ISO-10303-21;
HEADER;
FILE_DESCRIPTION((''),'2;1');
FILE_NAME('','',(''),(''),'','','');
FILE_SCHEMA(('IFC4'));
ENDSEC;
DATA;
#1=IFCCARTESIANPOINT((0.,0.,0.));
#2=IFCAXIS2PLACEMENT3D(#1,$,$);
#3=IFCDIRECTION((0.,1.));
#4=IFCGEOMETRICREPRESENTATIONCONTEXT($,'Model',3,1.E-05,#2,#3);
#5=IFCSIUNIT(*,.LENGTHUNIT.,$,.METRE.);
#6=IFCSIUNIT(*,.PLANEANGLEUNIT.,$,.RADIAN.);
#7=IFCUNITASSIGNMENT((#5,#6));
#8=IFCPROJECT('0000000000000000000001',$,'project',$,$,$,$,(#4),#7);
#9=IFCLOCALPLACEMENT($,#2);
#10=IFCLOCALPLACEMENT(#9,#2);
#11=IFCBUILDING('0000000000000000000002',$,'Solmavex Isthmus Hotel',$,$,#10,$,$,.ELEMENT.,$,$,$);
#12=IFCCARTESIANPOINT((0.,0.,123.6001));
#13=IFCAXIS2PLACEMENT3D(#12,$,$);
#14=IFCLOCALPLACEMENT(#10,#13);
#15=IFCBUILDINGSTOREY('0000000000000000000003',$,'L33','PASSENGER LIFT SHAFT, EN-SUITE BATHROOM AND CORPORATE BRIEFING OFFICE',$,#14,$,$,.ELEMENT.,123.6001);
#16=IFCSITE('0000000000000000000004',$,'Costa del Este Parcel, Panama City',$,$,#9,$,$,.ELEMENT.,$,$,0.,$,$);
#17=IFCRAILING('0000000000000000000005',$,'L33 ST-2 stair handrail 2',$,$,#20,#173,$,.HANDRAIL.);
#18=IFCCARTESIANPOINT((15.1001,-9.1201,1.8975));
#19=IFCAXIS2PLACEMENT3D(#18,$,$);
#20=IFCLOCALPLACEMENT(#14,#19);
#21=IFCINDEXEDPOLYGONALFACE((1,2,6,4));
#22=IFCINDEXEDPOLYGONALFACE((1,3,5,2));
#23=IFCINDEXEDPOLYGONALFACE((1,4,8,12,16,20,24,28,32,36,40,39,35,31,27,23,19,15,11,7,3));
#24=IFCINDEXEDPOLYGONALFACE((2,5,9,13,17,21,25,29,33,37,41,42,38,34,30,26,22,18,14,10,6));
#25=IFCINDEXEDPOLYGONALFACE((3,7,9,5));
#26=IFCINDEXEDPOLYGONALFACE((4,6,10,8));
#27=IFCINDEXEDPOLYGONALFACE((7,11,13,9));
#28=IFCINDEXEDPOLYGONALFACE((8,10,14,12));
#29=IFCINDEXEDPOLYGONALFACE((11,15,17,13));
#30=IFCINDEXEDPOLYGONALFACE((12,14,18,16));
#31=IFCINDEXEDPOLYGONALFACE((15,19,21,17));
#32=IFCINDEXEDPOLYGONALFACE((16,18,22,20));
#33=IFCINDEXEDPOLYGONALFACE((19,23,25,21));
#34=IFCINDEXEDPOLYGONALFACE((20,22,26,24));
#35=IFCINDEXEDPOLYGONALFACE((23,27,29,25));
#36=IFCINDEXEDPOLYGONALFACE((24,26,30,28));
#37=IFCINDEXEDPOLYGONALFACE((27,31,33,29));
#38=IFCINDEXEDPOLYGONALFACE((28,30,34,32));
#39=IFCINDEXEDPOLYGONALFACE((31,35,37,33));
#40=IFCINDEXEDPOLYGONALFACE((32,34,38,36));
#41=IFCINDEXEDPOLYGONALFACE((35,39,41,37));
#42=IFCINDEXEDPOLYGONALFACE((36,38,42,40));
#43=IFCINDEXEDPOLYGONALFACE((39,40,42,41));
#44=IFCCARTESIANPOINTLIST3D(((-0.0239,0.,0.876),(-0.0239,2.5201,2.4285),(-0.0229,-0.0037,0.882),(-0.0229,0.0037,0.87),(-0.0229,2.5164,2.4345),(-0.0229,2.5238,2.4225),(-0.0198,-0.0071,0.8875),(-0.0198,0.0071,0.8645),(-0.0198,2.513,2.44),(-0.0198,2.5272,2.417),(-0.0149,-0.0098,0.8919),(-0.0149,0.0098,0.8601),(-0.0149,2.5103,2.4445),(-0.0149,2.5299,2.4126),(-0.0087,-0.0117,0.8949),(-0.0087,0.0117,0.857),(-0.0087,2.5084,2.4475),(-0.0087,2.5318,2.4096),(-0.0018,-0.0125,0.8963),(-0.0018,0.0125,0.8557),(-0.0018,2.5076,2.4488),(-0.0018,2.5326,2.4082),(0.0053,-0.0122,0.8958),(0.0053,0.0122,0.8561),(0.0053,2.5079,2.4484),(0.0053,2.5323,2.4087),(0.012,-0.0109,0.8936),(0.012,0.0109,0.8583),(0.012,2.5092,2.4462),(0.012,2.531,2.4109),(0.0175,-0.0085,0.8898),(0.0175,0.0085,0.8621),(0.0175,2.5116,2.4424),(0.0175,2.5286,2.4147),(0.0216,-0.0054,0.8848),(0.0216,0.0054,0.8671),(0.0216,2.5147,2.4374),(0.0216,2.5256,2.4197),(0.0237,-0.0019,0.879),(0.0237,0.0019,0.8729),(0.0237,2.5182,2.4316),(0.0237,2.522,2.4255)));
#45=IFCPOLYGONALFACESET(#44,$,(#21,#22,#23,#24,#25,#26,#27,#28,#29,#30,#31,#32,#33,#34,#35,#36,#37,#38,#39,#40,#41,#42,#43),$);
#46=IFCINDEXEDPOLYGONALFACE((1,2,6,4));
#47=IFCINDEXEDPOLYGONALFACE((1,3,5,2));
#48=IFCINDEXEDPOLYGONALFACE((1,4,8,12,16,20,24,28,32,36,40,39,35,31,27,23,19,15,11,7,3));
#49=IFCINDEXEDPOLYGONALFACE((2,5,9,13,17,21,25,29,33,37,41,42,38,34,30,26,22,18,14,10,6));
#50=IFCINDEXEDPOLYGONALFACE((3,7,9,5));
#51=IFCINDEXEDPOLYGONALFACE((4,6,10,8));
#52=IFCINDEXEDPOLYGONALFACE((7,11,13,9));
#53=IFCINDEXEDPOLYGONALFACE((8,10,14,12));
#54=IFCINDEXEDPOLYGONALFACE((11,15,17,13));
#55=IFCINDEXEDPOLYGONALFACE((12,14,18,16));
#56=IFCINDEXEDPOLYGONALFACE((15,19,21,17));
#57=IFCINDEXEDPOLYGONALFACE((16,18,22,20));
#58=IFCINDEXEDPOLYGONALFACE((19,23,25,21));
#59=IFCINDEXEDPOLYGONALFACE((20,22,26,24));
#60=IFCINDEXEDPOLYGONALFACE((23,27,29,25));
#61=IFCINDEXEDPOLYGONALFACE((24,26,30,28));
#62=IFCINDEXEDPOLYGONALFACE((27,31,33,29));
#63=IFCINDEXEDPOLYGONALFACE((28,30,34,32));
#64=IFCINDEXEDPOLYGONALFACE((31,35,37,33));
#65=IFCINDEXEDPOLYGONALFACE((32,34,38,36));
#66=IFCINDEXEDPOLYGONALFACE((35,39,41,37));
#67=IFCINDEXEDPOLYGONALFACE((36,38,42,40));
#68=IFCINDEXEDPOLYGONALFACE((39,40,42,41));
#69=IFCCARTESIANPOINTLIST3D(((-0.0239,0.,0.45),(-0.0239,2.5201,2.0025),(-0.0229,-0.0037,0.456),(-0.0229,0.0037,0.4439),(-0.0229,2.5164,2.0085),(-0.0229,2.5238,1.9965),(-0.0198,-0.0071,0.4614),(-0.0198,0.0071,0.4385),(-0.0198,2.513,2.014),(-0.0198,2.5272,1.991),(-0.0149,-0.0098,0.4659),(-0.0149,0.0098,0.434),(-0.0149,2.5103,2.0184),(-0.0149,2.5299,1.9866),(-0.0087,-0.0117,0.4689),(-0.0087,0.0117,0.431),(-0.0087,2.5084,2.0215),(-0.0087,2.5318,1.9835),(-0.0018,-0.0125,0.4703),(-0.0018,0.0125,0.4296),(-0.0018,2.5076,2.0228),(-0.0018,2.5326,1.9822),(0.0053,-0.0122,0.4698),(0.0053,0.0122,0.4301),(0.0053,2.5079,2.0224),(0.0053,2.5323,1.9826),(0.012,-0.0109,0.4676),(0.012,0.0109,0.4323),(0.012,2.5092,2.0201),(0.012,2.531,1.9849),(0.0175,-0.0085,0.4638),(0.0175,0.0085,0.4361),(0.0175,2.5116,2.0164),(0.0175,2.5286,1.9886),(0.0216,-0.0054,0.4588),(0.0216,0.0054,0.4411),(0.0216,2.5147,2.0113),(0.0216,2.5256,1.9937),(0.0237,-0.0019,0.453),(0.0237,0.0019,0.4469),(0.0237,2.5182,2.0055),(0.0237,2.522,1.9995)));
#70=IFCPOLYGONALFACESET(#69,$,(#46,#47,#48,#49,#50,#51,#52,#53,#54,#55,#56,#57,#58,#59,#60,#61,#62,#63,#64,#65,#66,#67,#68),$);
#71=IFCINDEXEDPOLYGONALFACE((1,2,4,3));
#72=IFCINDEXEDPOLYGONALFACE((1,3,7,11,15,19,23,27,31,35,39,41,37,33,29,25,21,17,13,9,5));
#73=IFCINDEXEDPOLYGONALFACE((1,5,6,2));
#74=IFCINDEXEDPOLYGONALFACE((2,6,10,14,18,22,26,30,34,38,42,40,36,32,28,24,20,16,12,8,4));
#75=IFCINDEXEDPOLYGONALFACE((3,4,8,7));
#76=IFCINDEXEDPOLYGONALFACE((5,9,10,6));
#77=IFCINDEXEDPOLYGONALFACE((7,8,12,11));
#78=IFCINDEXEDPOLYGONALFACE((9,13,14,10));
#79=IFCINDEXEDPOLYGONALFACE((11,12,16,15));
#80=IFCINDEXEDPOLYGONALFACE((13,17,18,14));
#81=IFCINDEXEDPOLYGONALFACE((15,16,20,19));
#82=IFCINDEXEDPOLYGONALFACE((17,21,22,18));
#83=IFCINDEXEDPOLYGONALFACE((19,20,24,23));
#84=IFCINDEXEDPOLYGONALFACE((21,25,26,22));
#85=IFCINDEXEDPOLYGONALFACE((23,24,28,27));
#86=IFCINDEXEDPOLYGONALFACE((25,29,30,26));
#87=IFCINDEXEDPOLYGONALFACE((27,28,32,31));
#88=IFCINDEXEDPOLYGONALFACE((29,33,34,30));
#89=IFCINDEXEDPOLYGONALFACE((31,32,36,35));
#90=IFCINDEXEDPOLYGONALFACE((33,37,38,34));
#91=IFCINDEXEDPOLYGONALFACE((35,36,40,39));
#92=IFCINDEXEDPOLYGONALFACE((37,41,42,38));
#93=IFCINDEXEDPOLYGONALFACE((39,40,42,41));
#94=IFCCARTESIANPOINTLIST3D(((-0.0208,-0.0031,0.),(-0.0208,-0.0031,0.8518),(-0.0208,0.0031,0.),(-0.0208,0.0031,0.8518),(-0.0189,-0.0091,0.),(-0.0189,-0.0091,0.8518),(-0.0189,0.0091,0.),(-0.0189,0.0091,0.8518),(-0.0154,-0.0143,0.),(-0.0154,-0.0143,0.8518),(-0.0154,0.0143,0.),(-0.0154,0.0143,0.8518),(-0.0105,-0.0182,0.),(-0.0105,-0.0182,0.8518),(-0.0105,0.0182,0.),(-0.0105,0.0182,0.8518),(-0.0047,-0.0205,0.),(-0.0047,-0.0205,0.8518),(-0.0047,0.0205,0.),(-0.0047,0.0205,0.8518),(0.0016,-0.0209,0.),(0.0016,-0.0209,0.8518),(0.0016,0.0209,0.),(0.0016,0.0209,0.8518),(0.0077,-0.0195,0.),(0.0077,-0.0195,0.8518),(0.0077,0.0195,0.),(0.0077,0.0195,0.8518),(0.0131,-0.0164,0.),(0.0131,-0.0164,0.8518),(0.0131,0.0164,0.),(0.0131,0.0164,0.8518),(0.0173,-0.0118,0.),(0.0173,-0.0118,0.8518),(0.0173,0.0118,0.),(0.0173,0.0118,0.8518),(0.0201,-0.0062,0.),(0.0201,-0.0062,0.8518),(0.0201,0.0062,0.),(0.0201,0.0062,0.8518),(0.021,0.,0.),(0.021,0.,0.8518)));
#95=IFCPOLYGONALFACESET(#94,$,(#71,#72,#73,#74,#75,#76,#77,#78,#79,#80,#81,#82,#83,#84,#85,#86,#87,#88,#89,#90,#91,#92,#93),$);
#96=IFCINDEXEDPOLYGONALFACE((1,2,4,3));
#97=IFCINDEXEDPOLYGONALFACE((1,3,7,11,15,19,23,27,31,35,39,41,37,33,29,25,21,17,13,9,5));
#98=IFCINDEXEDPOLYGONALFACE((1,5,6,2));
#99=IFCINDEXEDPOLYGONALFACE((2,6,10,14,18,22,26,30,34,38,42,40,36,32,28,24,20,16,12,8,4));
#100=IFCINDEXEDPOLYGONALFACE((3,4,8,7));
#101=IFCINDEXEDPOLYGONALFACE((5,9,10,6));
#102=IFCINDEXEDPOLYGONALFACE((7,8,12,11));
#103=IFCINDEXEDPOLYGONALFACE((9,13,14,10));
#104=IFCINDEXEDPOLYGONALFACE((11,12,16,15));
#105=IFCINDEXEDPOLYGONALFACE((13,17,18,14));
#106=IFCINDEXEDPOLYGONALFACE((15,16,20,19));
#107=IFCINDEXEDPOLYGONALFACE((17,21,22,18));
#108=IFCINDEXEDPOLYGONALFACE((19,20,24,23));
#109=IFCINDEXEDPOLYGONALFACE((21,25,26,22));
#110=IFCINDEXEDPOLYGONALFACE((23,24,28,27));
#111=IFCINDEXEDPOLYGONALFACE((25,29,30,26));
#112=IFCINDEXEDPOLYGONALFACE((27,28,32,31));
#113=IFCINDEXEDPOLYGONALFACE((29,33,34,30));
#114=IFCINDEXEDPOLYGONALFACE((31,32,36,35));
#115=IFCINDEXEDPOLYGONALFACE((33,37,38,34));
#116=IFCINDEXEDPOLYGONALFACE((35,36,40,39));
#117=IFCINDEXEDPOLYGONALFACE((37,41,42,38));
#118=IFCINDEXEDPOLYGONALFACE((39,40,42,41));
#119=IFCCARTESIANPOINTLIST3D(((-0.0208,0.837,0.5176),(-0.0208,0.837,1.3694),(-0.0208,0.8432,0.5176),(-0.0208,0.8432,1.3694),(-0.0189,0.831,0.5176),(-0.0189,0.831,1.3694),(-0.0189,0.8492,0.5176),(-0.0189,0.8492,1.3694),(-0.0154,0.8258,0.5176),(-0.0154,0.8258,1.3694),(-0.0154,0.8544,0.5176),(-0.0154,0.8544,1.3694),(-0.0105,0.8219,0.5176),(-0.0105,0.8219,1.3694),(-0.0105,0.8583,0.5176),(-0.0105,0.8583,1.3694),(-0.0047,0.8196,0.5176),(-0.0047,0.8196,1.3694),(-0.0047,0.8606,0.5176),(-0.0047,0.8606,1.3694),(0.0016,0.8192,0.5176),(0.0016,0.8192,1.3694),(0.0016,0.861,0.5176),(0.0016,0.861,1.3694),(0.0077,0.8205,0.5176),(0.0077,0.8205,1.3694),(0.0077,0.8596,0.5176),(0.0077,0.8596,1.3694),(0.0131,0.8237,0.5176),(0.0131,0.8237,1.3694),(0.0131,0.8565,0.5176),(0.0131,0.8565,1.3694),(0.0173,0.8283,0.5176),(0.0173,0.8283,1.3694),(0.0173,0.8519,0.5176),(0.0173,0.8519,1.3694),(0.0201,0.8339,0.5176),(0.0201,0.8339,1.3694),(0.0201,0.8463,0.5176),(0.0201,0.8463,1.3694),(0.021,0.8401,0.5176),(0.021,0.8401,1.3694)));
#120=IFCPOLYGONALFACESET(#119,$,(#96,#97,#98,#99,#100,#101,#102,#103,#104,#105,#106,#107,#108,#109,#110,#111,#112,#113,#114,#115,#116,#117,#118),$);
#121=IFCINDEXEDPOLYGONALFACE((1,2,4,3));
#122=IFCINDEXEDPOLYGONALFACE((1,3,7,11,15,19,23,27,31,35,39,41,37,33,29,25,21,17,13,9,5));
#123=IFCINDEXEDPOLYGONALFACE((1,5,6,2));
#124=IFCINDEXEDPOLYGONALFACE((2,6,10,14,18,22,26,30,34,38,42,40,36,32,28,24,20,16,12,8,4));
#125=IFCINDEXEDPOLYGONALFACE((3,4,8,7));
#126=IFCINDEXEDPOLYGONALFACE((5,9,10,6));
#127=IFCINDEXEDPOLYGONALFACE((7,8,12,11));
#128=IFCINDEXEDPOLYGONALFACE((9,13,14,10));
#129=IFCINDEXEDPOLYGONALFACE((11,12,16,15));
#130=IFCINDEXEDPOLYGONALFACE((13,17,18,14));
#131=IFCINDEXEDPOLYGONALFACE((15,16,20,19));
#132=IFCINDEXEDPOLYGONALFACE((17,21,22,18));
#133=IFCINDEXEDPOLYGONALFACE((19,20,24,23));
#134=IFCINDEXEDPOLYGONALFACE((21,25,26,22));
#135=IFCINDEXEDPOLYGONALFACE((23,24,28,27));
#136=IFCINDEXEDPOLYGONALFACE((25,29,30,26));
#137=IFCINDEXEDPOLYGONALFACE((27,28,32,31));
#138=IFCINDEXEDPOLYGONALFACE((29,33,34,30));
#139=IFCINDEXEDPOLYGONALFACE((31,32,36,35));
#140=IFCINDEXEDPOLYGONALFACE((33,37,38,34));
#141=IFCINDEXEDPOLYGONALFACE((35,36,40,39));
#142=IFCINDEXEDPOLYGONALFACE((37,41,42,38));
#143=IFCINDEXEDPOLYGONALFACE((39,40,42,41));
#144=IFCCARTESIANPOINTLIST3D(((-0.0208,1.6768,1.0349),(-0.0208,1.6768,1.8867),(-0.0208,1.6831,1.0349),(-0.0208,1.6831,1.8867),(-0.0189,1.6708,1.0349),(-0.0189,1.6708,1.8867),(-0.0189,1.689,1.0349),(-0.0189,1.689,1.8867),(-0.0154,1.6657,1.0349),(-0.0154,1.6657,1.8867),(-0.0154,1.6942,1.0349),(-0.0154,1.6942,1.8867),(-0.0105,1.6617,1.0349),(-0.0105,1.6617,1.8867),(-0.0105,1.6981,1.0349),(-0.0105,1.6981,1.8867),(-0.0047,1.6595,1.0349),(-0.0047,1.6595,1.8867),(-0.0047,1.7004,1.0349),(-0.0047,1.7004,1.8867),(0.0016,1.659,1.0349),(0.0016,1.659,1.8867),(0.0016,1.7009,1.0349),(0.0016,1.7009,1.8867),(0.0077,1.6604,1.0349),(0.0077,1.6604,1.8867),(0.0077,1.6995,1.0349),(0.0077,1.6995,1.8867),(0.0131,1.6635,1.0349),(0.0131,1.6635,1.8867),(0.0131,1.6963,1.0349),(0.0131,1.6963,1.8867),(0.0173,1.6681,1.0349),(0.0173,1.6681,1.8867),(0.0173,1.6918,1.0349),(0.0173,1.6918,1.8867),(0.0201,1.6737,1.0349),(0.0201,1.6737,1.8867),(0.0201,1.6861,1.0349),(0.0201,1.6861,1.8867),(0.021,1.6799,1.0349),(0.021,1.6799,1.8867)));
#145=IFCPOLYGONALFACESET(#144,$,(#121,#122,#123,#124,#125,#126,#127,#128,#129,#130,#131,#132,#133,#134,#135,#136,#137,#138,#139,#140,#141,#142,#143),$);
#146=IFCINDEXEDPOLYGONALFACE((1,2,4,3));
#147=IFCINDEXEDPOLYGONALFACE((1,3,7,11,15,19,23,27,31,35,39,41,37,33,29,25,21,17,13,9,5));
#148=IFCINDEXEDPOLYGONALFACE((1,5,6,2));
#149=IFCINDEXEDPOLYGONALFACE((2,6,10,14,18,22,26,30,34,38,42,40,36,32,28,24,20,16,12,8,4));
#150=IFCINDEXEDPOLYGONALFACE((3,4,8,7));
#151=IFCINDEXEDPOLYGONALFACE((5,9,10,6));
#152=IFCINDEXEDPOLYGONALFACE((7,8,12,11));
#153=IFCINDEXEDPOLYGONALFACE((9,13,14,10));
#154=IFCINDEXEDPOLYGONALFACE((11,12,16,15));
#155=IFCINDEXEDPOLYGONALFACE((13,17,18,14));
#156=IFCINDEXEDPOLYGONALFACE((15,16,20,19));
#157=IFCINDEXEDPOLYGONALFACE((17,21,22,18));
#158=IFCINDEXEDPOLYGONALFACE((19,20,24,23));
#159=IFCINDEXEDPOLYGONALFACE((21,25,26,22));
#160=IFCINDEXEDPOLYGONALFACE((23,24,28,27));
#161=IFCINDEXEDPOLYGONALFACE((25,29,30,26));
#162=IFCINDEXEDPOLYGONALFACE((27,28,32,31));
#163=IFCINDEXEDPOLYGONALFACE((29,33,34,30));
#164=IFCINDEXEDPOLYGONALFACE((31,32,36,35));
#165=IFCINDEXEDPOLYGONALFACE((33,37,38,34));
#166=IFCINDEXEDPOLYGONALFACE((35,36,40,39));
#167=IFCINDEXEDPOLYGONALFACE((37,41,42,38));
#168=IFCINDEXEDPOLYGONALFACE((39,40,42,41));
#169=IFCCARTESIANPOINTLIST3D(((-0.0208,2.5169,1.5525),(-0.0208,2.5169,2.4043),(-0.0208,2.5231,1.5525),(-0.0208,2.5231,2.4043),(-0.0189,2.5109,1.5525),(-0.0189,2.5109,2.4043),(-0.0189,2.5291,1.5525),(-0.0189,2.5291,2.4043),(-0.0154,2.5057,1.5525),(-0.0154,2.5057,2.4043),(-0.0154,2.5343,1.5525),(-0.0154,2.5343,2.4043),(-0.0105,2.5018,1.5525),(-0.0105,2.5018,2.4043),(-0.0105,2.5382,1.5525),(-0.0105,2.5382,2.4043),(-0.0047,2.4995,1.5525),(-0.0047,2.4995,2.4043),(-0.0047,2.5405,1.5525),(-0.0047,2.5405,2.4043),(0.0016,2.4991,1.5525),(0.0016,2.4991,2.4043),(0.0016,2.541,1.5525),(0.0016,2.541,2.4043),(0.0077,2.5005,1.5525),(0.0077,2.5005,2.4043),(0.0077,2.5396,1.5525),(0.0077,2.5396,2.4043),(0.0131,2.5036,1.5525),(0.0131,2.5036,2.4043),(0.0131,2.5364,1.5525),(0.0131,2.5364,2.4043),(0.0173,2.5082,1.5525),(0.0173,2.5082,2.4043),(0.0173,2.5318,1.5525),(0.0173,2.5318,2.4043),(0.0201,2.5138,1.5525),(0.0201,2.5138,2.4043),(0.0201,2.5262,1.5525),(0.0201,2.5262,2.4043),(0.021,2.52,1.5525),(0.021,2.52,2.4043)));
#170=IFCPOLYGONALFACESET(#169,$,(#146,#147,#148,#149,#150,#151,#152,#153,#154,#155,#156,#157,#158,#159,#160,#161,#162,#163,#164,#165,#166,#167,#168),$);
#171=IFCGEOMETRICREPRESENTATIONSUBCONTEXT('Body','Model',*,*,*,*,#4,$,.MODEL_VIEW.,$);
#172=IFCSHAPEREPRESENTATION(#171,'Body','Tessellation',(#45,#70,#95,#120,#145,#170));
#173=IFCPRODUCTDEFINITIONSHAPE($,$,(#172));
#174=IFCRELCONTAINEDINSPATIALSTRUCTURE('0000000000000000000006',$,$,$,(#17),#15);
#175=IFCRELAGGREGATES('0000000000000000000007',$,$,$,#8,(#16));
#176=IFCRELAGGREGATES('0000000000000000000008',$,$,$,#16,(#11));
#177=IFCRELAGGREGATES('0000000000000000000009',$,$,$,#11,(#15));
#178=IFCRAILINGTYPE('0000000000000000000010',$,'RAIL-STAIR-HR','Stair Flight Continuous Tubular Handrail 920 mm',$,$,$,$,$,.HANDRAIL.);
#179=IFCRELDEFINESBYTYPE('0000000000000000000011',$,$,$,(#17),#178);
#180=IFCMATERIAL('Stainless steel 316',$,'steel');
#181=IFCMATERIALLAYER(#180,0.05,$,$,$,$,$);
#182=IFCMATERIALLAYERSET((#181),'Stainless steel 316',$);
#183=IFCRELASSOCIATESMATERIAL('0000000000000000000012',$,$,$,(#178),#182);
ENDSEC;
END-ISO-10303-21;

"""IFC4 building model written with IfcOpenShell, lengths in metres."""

from ifc_helpers import new_model, si_unit, direction, frame, origin, origin_2d, place, context, subcontext, project, spatial, circle, extrude, material, layer, layer_set, type_object, element, save


model = new_model("IFC4")

# Units and contexts
model_context = context("Model", 3, precision=1e-05, world=origin(), true_north=direction((0.0, 1.0)))
body_context = subcontext(model_context, "Body", "Model", "MODEL_VIEW")
ifc_project = project(units=[si_unit("LENGTHUNIT", "METRE"), si_unit("PLANEANGLEUNIT", "RADIAN")], contexts=[model_context])

# Site, building, storey
site_placement = place(None, origin())
site = spatial("IfcSite", under=ifc_project, at=site_placement, Name="Costa del Este Parcel, Panama City", CompositionType="ELEMENT", RefElevation=0.0)
building_placement = place(site_placement, origin())
building = spatial("IfcBuilding", under=site, at=building_placement, Name="Solmavex Isthmus Hotel", CompositionType="ELEMENT")
storey_placement = place(building_placement, frame((0.0, 0.0, 123.6001)))
storey = spatial("IfcBuildingStorey", under=building, at=storey_placement, Name="L33", Description="PASSENGER LIFT SHAFT, EN-SUITE BATHROOM AND CORPORATE BRIEFING OFFICE", CompositionType="ELEMENT", Elevation=123.6001)

# Railing
ifc_material_1 = material(Name="Stainless steel 316", Category="steel")
ifc_layer_1 = layer(ifc_material_1, 0.05)
ifc_layer_set_1 = layer_set([ifc_layer_1], Name="Stainless steel 316")
railing_type_1 = type_object("IfcRailingType", Name="RAIL-STAIR-HR", Description="Stair Flight Continuous Tubular Handrail 920 mm", PredefinedType="HANDRAIL", material=ifc_layer_set_1)
railing_1_placement = place(storey_placement, frame((15.1001, -9.1201, 1.8975)))
element("IfcRailing", 1, at=railing_1_placement, inside=storey, type_object=railing_type_1, Name="L33 ST-2 stair handrail 2", PredefinedType="HANDRAIL", context=body_context, shape_type="SweptSolid", body=[
    extrude(circle(Radius=0.0239, at=origin_2d()), frame((0.0, 0.0, 0.876), z_axis=(0.0, 0.8514, 0.524516), x_axis=(-1.0, 0.0, 0.0)), (0.0, 0.0, 1.0), 2.96),
    extrude(circle(Radius=0.0239, at=origin_2d()), frame((0.0, 0.0, 0.45), z_axis=(0.0, 0.8514, 0.524516), x_axis=(-1.0, 0.0, 0.0)), (0.0, 0.0, 1.0), 2.96),
    extrude(circle(Radius=0.021, at=origin_2d()), origin(), (0.0, 0.0, 1.0), 0.8518),
    extrude(circle(Radius=0.021, at=origin_2d()), frame((0.0, 0.8401, 0.5176)), (0.0, 0.0, 1.0), 0.8518),
    extrude(circle(Radius=0.021, at=origin_2d()), frame((0.0, 1.6799, 1.0349)), (0.0, 0.0, 1.0), 0.8518),
    extrude(circle(Radius=0.021, at=origin_2d()), frame((0.0, 2.52, 1.5525)), (0.0, 0.0, 1.0), 0.8518),
])

save(model, "model.ifc")
